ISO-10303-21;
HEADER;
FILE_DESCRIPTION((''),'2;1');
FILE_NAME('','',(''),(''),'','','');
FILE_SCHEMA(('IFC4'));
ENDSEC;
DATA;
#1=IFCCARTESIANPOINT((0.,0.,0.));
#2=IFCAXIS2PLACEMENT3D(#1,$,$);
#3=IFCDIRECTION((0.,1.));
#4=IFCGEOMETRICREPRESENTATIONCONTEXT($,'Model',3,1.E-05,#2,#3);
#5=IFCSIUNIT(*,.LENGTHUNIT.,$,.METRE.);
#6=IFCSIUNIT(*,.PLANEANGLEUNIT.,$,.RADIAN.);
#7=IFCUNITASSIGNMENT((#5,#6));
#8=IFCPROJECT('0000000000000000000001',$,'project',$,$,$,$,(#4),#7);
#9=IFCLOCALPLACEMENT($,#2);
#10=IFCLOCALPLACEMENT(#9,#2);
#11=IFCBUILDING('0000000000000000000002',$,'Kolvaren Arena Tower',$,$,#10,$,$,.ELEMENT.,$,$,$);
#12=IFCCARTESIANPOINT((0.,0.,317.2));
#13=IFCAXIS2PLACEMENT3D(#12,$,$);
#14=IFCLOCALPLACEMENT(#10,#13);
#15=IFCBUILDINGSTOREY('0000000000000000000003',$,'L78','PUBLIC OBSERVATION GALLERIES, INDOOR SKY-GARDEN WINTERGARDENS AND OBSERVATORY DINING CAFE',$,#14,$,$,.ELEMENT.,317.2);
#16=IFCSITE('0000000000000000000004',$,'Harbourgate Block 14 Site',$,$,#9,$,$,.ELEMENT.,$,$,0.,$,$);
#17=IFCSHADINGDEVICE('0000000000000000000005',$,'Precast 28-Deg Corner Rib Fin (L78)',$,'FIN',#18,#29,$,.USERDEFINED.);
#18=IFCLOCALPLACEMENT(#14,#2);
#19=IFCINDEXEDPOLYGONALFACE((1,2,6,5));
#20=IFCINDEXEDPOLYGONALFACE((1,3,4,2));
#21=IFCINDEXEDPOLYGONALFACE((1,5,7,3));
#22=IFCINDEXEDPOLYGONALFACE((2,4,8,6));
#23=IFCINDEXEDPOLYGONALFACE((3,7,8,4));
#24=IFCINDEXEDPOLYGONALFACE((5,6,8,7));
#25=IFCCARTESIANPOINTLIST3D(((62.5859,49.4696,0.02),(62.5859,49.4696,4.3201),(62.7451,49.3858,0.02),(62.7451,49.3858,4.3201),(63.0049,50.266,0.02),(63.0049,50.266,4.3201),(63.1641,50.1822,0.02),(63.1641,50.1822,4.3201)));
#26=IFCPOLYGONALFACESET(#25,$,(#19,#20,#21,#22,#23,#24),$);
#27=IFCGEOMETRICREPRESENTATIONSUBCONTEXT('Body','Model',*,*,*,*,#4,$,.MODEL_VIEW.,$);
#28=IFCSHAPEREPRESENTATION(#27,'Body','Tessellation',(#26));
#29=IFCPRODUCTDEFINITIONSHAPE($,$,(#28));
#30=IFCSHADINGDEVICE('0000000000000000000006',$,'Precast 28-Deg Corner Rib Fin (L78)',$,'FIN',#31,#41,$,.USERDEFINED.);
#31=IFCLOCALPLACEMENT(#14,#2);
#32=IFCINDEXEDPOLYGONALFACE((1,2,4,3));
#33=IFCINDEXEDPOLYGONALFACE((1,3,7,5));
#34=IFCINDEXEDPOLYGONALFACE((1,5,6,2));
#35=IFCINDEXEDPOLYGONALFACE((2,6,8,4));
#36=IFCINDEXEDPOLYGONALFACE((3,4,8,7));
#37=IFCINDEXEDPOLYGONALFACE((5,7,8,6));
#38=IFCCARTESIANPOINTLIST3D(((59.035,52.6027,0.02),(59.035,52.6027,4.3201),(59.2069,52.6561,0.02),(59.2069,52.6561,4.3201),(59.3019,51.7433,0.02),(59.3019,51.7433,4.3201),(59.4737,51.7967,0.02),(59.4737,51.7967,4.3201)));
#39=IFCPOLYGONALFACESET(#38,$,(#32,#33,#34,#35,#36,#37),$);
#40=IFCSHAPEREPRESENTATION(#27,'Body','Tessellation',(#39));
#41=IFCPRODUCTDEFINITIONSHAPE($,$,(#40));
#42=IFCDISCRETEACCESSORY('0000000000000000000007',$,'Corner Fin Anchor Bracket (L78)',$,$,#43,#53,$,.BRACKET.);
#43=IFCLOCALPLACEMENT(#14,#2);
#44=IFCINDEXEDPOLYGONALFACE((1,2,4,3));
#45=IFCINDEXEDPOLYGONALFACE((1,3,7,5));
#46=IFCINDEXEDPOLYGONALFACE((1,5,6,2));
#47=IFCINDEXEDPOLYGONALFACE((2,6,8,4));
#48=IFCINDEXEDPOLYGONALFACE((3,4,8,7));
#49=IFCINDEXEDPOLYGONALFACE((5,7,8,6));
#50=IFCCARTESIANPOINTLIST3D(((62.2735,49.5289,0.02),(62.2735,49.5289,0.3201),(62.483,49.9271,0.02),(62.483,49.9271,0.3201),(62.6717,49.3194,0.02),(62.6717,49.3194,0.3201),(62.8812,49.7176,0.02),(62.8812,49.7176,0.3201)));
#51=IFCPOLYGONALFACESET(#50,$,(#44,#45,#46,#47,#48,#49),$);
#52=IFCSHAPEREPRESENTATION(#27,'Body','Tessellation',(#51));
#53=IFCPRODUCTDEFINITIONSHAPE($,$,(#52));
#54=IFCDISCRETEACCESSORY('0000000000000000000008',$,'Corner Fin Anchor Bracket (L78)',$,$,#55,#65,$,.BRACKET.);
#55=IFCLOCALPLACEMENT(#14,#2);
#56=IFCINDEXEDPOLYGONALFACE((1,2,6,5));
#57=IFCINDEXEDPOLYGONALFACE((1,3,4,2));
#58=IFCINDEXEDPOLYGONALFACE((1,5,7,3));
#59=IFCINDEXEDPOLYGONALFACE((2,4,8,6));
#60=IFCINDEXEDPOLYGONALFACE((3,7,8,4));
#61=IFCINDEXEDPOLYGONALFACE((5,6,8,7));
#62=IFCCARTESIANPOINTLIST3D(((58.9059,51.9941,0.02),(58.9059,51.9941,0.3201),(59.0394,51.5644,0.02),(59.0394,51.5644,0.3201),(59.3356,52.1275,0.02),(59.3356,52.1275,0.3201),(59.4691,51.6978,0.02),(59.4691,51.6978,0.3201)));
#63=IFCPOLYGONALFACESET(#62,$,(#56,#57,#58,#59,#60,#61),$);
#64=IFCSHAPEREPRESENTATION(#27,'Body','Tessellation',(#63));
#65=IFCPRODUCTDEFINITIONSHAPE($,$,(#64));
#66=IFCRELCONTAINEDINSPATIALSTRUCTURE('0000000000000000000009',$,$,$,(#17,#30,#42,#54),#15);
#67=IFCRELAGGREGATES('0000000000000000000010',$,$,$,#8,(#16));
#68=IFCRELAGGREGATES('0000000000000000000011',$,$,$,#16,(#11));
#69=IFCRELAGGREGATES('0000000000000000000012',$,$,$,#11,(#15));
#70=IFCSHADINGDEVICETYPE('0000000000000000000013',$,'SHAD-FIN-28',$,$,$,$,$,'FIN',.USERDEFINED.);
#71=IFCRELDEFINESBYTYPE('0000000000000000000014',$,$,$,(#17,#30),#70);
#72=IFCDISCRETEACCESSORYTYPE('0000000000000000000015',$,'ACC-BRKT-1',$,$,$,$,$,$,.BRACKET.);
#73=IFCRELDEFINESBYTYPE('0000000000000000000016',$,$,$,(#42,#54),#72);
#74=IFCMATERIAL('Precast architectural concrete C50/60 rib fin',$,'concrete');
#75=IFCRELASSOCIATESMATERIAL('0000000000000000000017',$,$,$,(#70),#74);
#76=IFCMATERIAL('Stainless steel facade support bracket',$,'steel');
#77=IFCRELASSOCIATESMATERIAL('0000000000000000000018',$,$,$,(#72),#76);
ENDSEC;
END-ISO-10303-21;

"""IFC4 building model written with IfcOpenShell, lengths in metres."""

from ifc_helpers import new_model, si_unit, direction, frame, origin, origin_2d, place, context, subcontext, project, spatial, rectangle, extrude, material, type_object, element, save


model = new_model("IFC4")

# Units and contexts
model_context = context("Model", 3, precision=1e-05, world=origin(), true_north=direction((0.0, 1.0)))
body_context = subcontext(model_context, "Body", "Model", "MODEL_VIEW")
ifc_project = project(units=[si_unit("LENGTHUNIT", "METRE"), si_unit("PLANEANGLEUNIT", "RADIAN")], contexts=[model_context])

# Site, building, storey
site_placement = place(None, origin())
site = spatial("IfcSite", under=ifc_project, at=site_placement, Name="Harbourgate Block 14 Site", CompositionType="ELEMENT", RefElevation=0.0)
building_placement = place(site_placement, origin())
building = spatial("IfcBuilding", under=site, at=building_placement, Name="Kolvaren Arena Tower", CompositionType="ELEMENT")
storey_placement = place(building_placement, frame((0.0, 0.0, 317.2)))
storey = spatial("IfcBuildingStorey", under=building, at=storey_placement, Name="L78", Description="PUBLIC OBSERVATION GALLERIES, INDOOR SKY-GARDEN WINTERGARDENS AND OBSERVATORY DINING CAFE", CompositionType="ELEMENT", Elevation=317.2)

# Shading devices
ifc_material_1 = material(Name="Precast architectural concrete C50/60 rib fin", Category="concrete")
shading_device_type = type_object("IfcShadingDeviceType", Name="SHAD-FIN-28", ElementType="FIN", PredefinedType="USERDEFINED", material=ifc_material_1)
for number, where, z_axis, x_axis, name in (
    (1, (62.875, 49.8259, 0.02), (0.0, 0.0, 1.0), (0.465619, 0.884985, 0.0), "Precast 28-Deg Corner Rib Fin (L78)"),
    (2, (59.2544, 52.1997, 0.02), (0.0, 0.0, 1.0), (-0.296542, 0.95502, 0.0), "Precast 28-Deg Corner Rib Fin (L78)"),
):
    element("IfcShadingDevice", number, at=place(storey_placement, frame(where, z_axis=z_axis, x_axis=x_axis)), inside=storey, type_object=shading_device_type, Name=name, ObjectType="FIN", PredefinedType="USERDEFINED", context=body_context, shape_type="SweptSolid", body=[
        extrude(rectangle(XDim=0.8999, YDim=0.1799, at=origin_2d()), origin(), (0.0, 0.0, 1.0), 4.3),
    ])

# Discrete accessories
ifc_material_2 = material(Name="Stainless steel facade support bracket", Category="steel")
discrete_accessory_type = type_object("IfcDiscreteAccessoryType", Name="ACC-BRKT-1", PredefinedType="BRACKET", material=ifc_material_2)
for number, where, z_axis, x_axis, name in (
    (3, (62.5774, 49.6233, 0.02), (0.0, 0.0, 1.0), (0.465619, 0.884985, 0.0), "Corner Fin Anchor Bracket (L78)"),
    (4, (59.1875, 51.8459, 0.02), (0.0, 0.0, 1.0), (-0.296542, 0.95502, 0.0), "Corner Fin Anchor Bracket (L78)"),
):
    element("IfcDiscreteAccessory", number, at=place(storey_placement, frame(where, z_axis=z_axis, x_axis=x_axis)), inside=storey, type_object=discrete_accessory_type, Name=name, PredefinedType="BRACKET", context=body_context, shape_type="SweptSolid", body=[
        extrude(rectangle(XDim=0.45, YDim=0.45, at=origin_2d()), origin(), (0.0, 0.0, 1.0), 0.3),
    ])

save(model, "model.ifc")
